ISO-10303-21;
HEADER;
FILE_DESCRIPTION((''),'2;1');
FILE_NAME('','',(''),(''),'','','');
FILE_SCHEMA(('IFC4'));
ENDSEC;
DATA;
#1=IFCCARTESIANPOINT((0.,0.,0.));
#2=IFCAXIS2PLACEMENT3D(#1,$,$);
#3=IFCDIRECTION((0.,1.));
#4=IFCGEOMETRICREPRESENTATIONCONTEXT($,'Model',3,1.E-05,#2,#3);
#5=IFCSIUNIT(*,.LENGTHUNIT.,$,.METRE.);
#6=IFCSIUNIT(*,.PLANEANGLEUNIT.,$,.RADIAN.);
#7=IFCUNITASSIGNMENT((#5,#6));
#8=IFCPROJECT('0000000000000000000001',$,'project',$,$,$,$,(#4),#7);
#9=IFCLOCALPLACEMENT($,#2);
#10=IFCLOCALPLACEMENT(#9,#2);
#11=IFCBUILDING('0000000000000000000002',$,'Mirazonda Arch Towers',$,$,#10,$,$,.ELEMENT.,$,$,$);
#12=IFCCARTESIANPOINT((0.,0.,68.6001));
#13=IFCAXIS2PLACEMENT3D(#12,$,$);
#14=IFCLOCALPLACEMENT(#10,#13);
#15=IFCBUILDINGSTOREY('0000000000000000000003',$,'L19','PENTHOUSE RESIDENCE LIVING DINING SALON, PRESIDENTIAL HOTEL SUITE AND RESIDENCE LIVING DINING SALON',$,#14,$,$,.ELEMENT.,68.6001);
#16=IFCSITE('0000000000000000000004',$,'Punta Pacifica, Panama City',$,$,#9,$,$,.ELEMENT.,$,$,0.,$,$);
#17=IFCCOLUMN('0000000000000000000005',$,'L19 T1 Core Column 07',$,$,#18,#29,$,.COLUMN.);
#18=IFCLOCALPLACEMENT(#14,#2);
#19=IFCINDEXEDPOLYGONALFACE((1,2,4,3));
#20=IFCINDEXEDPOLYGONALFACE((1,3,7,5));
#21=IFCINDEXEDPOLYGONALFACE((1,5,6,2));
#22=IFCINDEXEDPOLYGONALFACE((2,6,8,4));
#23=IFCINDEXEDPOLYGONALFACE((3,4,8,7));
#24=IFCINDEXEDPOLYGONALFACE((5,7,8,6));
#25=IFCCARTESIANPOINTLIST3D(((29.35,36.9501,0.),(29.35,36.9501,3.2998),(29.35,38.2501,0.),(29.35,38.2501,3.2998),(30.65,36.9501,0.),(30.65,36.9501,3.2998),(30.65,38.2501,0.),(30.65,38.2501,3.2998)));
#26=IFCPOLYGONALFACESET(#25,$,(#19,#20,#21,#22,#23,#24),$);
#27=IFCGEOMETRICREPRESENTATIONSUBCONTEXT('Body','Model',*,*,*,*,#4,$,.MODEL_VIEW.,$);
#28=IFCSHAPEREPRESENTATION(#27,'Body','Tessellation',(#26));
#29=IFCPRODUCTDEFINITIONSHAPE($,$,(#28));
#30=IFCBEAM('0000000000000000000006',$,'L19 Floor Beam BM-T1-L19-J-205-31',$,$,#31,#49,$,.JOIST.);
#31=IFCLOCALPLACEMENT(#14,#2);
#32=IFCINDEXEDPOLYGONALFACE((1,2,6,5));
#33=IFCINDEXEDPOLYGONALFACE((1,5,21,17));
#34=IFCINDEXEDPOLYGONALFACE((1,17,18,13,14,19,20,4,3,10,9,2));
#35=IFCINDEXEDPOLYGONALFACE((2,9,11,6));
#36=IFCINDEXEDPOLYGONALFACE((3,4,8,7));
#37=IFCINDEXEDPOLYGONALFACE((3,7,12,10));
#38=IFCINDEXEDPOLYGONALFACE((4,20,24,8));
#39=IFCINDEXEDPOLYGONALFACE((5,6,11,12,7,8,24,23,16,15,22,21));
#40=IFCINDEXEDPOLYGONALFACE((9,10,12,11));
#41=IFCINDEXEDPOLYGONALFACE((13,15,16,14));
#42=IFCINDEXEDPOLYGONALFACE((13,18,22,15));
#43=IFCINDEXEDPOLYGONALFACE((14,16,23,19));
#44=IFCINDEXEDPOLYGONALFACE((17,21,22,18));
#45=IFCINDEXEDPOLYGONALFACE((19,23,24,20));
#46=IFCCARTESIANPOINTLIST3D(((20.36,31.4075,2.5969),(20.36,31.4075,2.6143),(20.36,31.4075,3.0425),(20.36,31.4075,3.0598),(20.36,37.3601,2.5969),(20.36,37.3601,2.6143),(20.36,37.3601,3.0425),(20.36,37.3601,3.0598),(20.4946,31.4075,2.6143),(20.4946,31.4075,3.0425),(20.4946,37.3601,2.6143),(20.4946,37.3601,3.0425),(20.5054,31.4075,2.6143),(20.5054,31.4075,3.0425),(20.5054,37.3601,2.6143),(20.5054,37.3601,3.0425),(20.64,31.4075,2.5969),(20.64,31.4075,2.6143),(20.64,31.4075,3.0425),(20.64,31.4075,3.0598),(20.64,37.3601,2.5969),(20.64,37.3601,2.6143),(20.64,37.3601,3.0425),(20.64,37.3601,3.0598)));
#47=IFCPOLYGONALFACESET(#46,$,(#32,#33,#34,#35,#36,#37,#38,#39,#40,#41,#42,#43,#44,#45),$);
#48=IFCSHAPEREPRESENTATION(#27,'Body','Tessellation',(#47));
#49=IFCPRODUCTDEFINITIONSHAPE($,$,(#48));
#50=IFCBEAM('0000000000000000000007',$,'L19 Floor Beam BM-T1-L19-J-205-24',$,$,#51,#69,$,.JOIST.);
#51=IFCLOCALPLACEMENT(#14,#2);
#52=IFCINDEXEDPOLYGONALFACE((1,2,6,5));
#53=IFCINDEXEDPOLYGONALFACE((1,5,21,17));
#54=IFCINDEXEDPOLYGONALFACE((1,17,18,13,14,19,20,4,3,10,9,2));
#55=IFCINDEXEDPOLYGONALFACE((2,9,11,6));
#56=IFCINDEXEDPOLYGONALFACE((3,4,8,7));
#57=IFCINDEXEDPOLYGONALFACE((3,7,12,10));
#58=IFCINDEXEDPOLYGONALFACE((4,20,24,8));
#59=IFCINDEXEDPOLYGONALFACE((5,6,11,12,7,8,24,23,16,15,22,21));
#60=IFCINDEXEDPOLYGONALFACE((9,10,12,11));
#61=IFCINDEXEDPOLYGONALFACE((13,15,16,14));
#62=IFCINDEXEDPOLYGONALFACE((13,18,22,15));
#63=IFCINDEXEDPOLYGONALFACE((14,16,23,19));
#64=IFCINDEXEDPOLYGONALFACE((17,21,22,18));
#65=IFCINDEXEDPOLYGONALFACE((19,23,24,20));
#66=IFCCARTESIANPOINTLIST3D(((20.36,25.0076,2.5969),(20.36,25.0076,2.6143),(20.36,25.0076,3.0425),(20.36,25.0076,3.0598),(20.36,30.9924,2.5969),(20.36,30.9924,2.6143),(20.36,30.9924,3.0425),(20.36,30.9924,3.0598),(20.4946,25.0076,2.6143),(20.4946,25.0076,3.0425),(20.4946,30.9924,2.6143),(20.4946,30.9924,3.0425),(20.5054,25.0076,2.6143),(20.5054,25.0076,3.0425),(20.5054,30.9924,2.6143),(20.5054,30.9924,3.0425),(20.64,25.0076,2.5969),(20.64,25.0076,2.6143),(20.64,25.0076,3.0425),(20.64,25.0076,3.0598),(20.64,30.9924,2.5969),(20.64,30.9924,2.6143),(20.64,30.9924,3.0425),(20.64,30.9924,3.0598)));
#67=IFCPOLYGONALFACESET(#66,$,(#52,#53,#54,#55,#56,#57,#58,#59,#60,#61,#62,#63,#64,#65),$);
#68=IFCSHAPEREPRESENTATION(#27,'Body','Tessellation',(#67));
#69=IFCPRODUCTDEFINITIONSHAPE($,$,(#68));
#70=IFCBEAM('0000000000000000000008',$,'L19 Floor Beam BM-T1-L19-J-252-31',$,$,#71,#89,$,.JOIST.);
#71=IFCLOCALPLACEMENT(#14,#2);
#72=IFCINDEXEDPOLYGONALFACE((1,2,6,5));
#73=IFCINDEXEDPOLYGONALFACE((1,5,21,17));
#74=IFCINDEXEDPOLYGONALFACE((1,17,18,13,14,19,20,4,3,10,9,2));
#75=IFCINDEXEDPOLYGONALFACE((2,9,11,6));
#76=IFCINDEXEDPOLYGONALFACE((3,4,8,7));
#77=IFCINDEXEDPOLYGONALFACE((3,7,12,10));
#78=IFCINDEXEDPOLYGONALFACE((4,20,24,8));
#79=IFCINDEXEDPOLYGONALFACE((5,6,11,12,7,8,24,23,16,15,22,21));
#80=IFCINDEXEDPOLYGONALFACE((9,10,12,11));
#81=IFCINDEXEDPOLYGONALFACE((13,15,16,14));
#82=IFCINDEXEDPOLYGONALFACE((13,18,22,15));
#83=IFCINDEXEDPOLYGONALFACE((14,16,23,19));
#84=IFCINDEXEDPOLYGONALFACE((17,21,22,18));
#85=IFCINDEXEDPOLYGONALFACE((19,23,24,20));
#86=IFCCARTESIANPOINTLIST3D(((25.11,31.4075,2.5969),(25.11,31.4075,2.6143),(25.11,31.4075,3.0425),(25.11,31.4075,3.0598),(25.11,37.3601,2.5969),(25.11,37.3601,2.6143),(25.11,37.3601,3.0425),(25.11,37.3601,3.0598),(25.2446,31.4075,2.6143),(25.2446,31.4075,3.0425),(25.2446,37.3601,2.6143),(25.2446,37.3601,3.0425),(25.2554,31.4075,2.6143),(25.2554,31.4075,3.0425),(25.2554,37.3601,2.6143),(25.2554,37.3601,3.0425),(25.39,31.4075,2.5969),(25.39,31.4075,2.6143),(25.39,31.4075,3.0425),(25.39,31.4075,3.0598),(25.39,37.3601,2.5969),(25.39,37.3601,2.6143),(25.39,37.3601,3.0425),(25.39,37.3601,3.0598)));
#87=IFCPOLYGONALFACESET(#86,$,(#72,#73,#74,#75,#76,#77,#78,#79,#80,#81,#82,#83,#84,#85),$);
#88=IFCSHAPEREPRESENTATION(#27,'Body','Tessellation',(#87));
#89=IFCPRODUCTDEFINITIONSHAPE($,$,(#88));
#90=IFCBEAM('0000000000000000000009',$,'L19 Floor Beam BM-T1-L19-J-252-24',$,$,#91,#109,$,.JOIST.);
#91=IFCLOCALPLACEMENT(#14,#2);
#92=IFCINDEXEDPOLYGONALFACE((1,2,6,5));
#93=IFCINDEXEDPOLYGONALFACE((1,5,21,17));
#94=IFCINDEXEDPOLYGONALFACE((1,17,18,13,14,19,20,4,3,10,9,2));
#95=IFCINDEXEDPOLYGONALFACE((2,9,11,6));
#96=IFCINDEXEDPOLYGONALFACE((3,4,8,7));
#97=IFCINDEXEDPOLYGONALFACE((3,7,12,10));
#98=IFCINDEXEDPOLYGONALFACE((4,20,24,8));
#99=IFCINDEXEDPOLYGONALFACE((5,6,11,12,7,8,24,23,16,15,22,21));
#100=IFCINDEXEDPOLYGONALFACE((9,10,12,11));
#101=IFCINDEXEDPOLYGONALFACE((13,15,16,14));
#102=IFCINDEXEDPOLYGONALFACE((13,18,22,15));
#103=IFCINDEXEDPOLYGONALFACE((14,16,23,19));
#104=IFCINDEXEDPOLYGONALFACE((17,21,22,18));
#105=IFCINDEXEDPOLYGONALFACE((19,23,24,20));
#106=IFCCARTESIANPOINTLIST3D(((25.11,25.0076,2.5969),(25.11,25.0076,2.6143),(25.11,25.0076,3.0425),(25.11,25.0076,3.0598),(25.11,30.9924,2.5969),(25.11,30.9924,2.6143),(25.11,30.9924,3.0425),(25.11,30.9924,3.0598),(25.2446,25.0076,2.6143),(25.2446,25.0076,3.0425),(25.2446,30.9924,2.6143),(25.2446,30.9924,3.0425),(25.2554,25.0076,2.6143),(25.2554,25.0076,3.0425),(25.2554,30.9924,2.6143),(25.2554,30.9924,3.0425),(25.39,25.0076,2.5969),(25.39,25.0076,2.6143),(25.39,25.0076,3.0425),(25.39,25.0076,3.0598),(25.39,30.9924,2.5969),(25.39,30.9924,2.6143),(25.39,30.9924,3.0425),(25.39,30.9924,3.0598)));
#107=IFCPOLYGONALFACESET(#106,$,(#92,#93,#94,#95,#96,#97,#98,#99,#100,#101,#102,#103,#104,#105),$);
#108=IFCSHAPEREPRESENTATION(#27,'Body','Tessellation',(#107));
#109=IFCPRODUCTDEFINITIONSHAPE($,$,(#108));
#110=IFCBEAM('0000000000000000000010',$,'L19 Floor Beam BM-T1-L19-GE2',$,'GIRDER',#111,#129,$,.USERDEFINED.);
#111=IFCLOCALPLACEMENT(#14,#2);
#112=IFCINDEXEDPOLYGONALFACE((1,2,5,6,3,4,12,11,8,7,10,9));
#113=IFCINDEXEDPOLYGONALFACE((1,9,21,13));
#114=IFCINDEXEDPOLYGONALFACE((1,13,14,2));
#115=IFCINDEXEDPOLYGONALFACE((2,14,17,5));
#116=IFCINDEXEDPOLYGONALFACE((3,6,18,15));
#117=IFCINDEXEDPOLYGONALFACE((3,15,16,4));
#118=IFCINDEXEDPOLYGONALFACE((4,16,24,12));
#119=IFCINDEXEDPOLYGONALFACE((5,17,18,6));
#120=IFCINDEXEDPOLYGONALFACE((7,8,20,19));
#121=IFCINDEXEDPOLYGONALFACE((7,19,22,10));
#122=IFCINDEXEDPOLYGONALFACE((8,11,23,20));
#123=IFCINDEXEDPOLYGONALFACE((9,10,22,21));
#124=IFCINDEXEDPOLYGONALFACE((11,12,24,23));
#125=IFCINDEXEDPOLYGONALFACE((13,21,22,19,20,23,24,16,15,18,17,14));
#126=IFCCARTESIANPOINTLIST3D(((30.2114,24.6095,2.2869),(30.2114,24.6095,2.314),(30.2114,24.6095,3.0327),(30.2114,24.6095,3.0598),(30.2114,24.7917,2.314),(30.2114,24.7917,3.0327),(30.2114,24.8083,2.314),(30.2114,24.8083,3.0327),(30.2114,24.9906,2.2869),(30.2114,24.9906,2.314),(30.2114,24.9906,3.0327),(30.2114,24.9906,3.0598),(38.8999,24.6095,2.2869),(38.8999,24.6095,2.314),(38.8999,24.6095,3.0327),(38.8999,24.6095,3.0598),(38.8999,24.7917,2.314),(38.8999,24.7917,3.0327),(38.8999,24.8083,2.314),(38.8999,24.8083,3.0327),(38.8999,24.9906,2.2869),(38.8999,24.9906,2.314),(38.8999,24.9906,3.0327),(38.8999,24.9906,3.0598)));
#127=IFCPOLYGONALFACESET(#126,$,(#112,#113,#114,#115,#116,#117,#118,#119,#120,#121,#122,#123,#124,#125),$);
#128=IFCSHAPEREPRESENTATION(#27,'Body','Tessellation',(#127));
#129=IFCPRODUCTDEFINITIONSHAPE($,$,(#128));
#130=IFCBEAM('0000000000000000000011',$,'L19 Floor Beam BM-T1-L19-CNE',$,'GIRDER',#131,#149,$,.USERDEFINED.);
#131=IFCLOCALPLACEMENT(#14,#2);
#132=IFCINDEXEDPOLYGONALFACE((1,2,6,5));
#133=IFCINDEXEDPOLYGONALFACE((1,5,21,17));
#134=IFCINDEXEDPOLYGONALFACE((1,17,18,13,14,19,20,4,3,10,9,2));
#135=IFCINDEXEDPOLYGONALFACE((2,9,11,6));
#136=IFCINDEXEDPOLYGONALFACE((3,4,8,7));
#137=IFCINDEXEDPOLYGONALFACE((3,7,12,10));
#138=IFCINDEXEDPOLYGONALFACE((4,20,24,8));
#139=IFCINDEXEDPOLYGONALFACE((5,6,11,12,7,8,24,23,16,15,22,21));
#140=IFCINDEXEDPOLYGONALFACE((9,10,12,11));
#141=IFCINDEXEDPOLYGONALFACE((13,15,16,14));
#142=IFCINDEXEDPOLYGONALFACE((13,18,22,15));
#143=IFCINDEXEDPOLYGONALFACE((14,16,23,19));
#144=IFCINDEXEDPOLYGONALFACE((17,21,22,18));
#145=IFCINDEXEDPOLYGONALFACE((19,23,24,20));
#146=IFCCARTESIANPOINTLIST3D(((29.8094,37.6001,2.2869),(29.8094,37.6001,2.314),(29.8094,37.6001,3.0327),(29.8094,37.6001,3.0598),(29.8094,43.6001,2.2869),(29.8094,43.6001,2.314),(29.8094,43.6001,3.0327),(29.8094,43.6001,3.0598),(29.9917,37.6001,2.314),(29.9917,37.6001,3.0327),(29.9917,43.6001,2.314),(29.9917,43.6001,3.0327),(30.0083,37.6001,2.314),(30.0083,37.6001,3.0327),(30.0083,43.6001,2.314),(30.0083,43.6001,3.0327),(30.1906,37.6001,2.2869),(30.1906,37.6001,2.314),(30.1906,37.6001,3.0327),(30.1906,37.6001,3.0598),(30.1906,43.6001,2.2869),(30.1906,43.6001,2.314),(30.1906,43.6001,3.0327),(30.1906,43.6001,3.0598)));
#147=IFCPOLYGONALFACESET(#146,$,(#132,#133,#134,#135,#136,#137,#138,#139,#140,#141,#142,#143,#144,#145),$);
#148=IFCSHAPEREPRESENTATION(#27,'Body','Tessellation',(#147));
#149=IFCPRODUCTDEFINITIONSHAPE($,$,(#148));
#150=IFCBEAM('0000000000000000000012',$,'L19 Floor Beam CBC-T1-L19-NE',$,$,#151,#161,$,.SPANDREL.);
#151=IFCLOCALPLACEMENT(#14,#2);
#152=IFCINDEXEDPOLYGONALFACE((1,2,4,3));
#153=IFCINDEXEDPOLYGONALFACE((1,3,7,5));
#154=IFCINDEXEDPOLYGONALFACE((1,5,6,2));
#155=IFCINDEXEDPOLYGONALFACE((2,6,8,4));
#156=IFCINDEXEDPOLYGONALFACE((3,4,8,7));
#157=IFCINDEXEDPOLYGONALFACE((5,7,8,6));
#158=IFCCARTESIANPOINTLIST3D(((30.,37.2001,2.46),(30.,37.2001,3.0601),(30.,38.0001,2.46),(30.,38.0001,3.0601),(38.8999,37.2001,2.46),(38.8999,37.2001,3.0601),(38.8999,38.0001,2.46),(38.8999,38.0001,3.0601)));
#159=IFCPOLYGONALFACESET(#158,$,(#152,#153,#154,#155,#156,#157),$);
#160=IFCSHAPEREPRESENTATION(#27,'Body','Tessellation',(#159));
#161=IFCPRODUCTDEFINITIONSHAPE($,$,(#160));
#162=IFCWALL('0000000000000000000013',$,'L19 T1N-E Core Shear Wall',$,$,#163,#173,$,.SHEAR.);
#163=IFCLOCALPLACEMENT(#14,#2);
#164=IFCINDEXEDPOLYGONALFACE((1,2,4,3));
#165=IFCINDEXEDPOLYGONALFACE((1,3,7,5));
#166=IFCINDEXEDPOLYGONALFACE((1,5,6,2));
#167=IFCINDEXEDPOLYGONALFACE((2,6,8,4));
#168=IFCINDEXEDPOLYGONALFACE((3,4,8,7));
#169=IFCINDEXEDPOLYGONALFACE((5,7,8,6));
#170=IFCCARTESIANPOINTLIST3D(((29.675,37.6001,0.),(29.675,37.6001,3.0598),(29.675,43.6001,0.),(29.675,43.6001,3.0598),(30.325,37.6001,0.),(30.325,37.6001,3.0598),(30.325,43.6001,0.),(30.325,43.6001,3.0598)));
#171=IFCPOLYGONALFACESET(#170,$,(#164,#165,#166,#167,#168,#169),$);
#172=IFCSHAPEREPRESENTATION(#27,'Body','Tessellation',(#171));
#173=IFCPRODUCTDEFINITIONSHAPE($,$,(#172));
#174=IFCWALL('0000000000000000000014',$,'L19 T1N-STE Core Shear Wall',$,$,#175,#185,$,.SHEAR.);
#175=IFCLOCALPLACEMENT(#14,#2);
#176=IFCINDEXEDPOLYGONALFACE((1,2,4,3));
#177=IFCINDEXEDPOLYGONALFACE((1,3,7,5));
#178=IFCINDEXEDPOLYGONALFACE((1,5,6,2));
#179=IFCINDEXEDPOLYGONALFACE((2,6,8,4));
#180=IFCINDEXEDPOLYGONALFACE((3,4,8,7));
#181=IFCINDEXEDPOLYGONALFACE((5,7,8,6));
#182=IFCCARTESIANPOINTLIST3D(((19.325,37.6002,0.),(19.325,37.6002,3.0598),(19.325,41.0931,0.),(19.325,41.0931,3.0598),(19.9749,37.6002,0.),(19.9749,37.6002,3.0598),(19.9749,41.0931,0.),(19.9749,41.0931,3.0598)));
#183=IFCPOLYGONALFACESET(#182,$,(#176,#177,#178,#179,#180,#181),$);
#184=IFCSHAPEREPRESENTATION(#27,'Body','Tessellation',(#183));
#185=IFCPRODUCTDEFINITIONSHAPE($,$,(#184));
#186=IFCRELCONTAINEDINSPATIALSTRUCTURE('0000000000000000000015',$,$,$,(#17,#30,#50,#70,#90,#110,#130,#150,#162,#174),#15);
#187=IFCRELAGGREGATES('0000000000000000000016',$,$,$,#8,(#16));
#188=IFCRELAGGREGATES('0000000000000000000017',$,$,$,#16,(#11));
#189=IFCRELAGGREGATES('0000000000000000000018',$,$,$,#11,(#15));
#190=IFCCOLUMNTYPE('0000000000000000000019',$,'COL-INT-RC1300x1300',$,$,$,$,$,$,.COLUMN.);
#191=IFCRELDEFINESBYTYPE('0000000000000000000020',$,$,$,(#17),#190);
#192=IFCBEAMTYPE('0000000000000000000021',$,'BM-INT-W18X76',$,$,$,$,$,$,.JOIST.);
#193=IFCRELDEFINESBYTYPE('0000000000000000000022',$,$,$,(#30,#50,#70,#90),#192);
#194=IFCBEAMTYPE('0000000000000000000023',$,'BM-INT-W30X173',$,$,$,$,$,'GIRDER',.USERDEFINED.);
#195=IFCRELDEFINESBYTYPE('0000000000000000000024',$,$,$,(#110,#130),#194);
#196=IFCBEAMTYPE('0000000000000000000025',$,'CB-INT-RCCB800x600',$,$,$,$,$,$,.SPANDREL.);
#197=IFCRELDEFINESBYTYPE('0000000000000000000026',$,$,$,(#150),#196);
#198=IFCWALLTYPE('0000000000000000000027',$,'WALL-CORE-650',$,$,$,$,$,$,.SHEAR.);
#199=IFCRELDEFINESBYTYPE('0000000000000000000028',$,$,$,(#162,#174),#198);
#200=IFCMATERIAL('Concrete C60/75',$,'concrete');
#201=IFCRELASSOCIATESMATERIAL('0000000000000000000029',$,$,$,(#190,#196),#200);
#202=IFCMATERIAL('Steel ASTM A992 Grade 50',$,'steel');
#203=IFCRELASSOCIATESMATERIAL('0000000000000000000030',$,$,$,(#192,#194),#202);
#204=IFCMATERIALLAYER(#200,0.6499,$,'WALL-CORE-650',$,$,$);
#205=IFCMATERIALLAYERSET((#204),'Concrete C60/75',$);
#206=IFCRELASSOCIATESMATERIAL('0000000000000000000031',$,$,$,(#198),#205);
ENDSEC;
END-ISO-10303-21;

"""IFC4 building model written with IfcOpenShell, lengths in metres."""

from ifc_helpers import new_model, si_unit, direction, frame, frame_2d, origin, origin_2d, place, context, subcontext, project, spatial, rectangle, i_section, extrude, material, layer, layer_set, material_profile, profile_set, type_object, element, save


model = new_model("IFC4")

# Units and contexts
model_context = context("Model", 3, precision=1e-05, world=origin(), true_north=direction((0.0, 1.0)))
body_context = subcontext(model_context, "Body", "Model", "MODEL_VIEW")
ifc_project = project(units=[si_unit("LENGTHUNIT", "METRE"), si_unit("PLANEANGLEUNIT", "RADIAN")], contexts=[model_context])

# Site, building, storey
site_placement = place(None, origin())
site = spatial("IfcSite", under=ifc_project, at=site_placement, Name="Punta Pacifica, Panama City", CompositionType="ELEMENT", RefElevation=0.0)
building_placement = place(site_placement, origin())
building = spatial("IfcBuilding", under=site, at=building_placement, Name="Mirazonda Arch Towers", CompositionType="ELEMENT")
storey_placement = place(building_placement, frame((0.0, 0.0, 68.6001)))
storey = spatial("IfcBuildingStorey", under=building, at=storey_placement, Name="L19", Description="PENTHOUSE RESIDENCE LIVING DINING SALON, PRESIDENTIAL HOTEL SUITE AND RESIDENCE LIVING DINING SALON", CompositionType="ELEMENT", Elevation=68.6001)

# Column
ifc_material_1 = material(Name="Concrete C60/75", Category="concrete")
ifc_material_profile_1 = material_profile(ifc_material_1, rectangle(XDim=1.3, YDim=1.3, at=origin_2d()), Name="RC1300x1300")
ifc_profile_set_1 = profile_set([ifc_material_profile_1], Name="Concrete C60/75")
column_type = type_object("IfcColumnType", Name="COL-INT-RC1300x1300", PredefinedType="COLUMN", material=ifc_profile_set_1)
column_placement = place(storey_placement, frame((30.0, 37.6001, 0.0), z_axis=(0.0, 0.0, 1.0), x_axis=(1.0, 0.0, 0.0)))
element("IfcColumn", 1, at=column_placement, inside=storey, type_object=column_type, Name="L19 T1 Core Column 07", PredefinedType="COLUMN", context=body_context, shape_type="SweptSolid", body=[
    extrude(rectangle(XDim=1.3, YDim=1.3, at=origin_2d()), origin(), (0.0, 0.0, 1.0), 3.2998),
])

# Beams
ifc_material_2 = material(Name="Steel ASTM A992 Grade 50", Category="steel")
ifc_material_profile_2 = material_profile(ifc_material_2, i_section(OverallWidth=0.28, OverallDepth=0.4629, WebThickness=0.0107, FlangeThickness=0.0173, at=origin_2d()), Name="W18X76")
ifc_profile_set_2 = profile_set([ifc_material_profile_2], Name="Steel ASTM A992 Grade 50")
beam_type_1 = type_object("IfcBeamType", Name="BM-INT-W18X76", PredefinedType="JOIST", material=ifc_profile_set_2)
beam_1_placement = place(storey_placement, frame((20.5, 31.4075, 2.8284), z_axis=(0.0, 1.0, 0.0), x_axis=(-1.0, 0.0, 0.0)))
element("IfcBeam", 2, at=beam_1_placement, inside=storey, type_object=beam_type_1, Name="L19 Floor Beam BM-T1-L19-J-205-31", PredefinedType="JOIST", context=body_context, shape_type="SweptSolid", body=[
    extrude(i_section(OverallWidth=0.28, OverallDepth=0.4629, WebThickness=0.0107, FlangeThickness=0.0173, at=origin_2d()), origin(), (0.0, 0.0, 1.0), 5.9526),
])
beam_2_placement = place(storey_placement, frame((20.5, 25.0076, 2.8284), z_axis=(0.0, 1.0, 0.0), x_axis=(-1.0, 0.0, 0.0)))
element("IfcBeam", 3, at=beam_2_placement, inside=storey, type_object=beam_type_1, Name="L19 Floor Beam BM-T1-L19-J-205-24", PredefinedType="JOIST", context=body_context, shape_type="SweptSolid", body=[
    extrude(i_section(OverallWidth=0.28, OverallDepth=0.4629, WebThickness=0.0107, FlangeThickness=0.0173, at=origin_2d()), origin(), (0.0, 0.0, 1.0), 5.9849),
])
beam_3_placement = place(storey_placement, frame((25.25, 31.4075, 2.8284), z_axis=(0.0, 1.0, 0.0), x_axis=(-1.0, 0.0, 0.0)))
element("IfcBeam", 4, at=beam_3_placement, inside=storey, type_object=beam_type_1, Name="L19 Floor Beam BM-T1-L19-J-252-31", PredefinedType="JOIST", context=body_context, shape_type="SweptSolid", body=[
    extrude(i_section(OverallWidth=0.28, OverallDepth=0.4629, WebThickness=0.0107, FlangeThickness=0.0173, at=origin_2d()), origin(), (0.0, 0.0, 1.0), 5.9526),
])
beam_4_placement = place(storey_placement, frame((25.25, 25.0076, 2.8284), z_axis=(0.0, 1.0, 0.0), x_axis=(-1.0, 0.0, 0.0)))
element("IfcBeam", 5, at=beam_4_placement, inside=storey, type_object=beam_type_1, Name="L19 Floor Beam BM-T1-L19-J-252-24", PredefinedType="JOIST", context=body_context, shape_type="SweptSolid", body=[
    extrude(i_section(OverallWidth=0.28, OverallDepth=0.4629, WebThickness=0.0107, FlangeThickness=0.0173, at=origin_2d()), origin(), (0.0, 0.0, 1.0), 5.9849),
])
ifc_material_profile_3 = material_profile(ifc_material_2, i_section(OverallWidth=0.3811, OverallDepth=0.7729, WebThickness=0.0166, FlangeThickness=0.0271, at=origin_2d()), Name="W30X173")
ifc_profile_set_3 = profile_set([ifc_material_profile_3], Name="Steel ASTM A992 Grade 50")
beam_type_2 = type_object("IfcBeamType", Name="BM-INT-W30X173", ElementType="GIRDER", PredefinedType="USERDEFINED", material=ifc_profile_set_3)
beam_5_placement = place(storey_placement, frame((30.2114, 24.8, 2.6733), z_axis=(1.0, 0.0, 0.0), x_axis=(0.0, 1.0, 0.0)))
element("IfcBeam", 6, at=beam_5_placement, inside=storey, type_object=beam_type_2, Name="L19 Floor Beam BM-T1-L19-GE2", ObjectType="GIRDER", PredefinedType="USERDEFINED", context=body_context, shape_type="SweptSolid", body=[
    extrude(i_section(OverallWidth=0.3811, OverallDepth=0.7729, WebThickness=0.0166, FlangeThickness=0.0271, at=origin_2d()), origin(), (0.0, 0.0, 1.0), 8.6885),
])
beam_6_placement = place(storey_placement, frame((30.0, 37.6001, 2.6733), z_axis=(0.0, 1.0, 0.0), x_axis=(-1.0, 0.0, 0.0)))
element("IfcBeam", 7, at=beam_6_placement, inside=storey, type_object=beam_type_2, Name="L19 Floor Beam BM-T1-L19-CNE", ObjectType="GIRDER", PredefinedType="USERDEFINED", context=body_context, shape_type="SweptSolid", body=[
    extrude(i_section(OverallWidth=0.3811, OverallDepth=0.7729, WebThickness=0.0166, FlangeThickness=0.0271, at=origin_2d()), origin(), (0.0, 0.0, 1.0), 6.0),
])
ifc_material_profile_4 = material_profile(ifc_material_1, rectangle(XDim=0.8, YDim=0.6001, at=origin_2d()), Name="RCCB800x600")
ifc_profile_set_4 = profile_set([ifc_material_profile_4], Name="Concrete C60/75")
beam_type_3 = type_object("IfcBeamType", Name="CB-INT-RCCB800x600", PredefinedType="SPANDREL", material=ifc_profile_set_4)
beam_7_placement = place(storey_placement, frame((30.0, 37.6001, 2.76), z_axis=(1.0, 0.0, 0.0), x_axis=(0.0, 1.0, 0.0)))
element("IfcBeam", 8, at=beam_7_placement, inside=storey, type_object=beam_type_3, Name="L19 Floor Beam CBC-T1-L19-NE", PredefinedType="SPANDREL", context=body_context, shape_type="SweptSolid", body=[
    extrude(rectangle(XDim=0.8, YDim=0.6001, at=origin_2d()), origin(), (0.0, 0.0, 1.0), 8.8999),
])

# Walls
ifc_layer_1 = layer(ifc_material_1, 0.6499, Name="WALL-CORE-650")
ifc_layer_set_1 = layer_set([ifc_layer_1], Name="Concrete C60/75")
wall_type_1 = type_object("IfcWallType", Name="WALL-CORE-650", PredefinedType="SHEAR", material=ifc_layer_set_1)
wall_1_placement = place(storey_placement, frame((30.0, 37.6001, 0.0), z_axis=(0.0, 0.0, 1.0), x_axis=(0.0, 1.0, 0.0)))
element("IfcWall", 9, at=wall_1_placement, inside=storey, type_object=wall_type_1, Name="L19 T1N-E Core Shear Wall", PredefinedType="SHEAR", context=body_context, shape_type="SweptSolid", body=[
    extrude(rectangle(XDim=6.0, YDim=0.6499, at=frame_2d((3.0, 0.0))), origin(), (0.0, 0.0, 1.0), 3.0598),
])
wall_2_placement = place(storey_placement, frame((19.6499, 37.6001, 0.0), z_axis=(0.0, 0.0, 1.0), x_axis=(0.0, 1.0, 0.0)))
element("IfcWall", 10, at=wall_2_placement, inside=storey, type_object=wall_type_1, Name="L19 T1N-STE Core Shear Wall", PredefinedType="SHEAR", context=body_context, shape_type="SweptSolid", body=[
    extrude(rectangle(XDim=3.4929, YDim=0.6499, at=frame_2d((1.7466, 0.0))), origin(), (0.0, 0.0, 1.0), 3.0598),
])

save(model, "model.ifc")
